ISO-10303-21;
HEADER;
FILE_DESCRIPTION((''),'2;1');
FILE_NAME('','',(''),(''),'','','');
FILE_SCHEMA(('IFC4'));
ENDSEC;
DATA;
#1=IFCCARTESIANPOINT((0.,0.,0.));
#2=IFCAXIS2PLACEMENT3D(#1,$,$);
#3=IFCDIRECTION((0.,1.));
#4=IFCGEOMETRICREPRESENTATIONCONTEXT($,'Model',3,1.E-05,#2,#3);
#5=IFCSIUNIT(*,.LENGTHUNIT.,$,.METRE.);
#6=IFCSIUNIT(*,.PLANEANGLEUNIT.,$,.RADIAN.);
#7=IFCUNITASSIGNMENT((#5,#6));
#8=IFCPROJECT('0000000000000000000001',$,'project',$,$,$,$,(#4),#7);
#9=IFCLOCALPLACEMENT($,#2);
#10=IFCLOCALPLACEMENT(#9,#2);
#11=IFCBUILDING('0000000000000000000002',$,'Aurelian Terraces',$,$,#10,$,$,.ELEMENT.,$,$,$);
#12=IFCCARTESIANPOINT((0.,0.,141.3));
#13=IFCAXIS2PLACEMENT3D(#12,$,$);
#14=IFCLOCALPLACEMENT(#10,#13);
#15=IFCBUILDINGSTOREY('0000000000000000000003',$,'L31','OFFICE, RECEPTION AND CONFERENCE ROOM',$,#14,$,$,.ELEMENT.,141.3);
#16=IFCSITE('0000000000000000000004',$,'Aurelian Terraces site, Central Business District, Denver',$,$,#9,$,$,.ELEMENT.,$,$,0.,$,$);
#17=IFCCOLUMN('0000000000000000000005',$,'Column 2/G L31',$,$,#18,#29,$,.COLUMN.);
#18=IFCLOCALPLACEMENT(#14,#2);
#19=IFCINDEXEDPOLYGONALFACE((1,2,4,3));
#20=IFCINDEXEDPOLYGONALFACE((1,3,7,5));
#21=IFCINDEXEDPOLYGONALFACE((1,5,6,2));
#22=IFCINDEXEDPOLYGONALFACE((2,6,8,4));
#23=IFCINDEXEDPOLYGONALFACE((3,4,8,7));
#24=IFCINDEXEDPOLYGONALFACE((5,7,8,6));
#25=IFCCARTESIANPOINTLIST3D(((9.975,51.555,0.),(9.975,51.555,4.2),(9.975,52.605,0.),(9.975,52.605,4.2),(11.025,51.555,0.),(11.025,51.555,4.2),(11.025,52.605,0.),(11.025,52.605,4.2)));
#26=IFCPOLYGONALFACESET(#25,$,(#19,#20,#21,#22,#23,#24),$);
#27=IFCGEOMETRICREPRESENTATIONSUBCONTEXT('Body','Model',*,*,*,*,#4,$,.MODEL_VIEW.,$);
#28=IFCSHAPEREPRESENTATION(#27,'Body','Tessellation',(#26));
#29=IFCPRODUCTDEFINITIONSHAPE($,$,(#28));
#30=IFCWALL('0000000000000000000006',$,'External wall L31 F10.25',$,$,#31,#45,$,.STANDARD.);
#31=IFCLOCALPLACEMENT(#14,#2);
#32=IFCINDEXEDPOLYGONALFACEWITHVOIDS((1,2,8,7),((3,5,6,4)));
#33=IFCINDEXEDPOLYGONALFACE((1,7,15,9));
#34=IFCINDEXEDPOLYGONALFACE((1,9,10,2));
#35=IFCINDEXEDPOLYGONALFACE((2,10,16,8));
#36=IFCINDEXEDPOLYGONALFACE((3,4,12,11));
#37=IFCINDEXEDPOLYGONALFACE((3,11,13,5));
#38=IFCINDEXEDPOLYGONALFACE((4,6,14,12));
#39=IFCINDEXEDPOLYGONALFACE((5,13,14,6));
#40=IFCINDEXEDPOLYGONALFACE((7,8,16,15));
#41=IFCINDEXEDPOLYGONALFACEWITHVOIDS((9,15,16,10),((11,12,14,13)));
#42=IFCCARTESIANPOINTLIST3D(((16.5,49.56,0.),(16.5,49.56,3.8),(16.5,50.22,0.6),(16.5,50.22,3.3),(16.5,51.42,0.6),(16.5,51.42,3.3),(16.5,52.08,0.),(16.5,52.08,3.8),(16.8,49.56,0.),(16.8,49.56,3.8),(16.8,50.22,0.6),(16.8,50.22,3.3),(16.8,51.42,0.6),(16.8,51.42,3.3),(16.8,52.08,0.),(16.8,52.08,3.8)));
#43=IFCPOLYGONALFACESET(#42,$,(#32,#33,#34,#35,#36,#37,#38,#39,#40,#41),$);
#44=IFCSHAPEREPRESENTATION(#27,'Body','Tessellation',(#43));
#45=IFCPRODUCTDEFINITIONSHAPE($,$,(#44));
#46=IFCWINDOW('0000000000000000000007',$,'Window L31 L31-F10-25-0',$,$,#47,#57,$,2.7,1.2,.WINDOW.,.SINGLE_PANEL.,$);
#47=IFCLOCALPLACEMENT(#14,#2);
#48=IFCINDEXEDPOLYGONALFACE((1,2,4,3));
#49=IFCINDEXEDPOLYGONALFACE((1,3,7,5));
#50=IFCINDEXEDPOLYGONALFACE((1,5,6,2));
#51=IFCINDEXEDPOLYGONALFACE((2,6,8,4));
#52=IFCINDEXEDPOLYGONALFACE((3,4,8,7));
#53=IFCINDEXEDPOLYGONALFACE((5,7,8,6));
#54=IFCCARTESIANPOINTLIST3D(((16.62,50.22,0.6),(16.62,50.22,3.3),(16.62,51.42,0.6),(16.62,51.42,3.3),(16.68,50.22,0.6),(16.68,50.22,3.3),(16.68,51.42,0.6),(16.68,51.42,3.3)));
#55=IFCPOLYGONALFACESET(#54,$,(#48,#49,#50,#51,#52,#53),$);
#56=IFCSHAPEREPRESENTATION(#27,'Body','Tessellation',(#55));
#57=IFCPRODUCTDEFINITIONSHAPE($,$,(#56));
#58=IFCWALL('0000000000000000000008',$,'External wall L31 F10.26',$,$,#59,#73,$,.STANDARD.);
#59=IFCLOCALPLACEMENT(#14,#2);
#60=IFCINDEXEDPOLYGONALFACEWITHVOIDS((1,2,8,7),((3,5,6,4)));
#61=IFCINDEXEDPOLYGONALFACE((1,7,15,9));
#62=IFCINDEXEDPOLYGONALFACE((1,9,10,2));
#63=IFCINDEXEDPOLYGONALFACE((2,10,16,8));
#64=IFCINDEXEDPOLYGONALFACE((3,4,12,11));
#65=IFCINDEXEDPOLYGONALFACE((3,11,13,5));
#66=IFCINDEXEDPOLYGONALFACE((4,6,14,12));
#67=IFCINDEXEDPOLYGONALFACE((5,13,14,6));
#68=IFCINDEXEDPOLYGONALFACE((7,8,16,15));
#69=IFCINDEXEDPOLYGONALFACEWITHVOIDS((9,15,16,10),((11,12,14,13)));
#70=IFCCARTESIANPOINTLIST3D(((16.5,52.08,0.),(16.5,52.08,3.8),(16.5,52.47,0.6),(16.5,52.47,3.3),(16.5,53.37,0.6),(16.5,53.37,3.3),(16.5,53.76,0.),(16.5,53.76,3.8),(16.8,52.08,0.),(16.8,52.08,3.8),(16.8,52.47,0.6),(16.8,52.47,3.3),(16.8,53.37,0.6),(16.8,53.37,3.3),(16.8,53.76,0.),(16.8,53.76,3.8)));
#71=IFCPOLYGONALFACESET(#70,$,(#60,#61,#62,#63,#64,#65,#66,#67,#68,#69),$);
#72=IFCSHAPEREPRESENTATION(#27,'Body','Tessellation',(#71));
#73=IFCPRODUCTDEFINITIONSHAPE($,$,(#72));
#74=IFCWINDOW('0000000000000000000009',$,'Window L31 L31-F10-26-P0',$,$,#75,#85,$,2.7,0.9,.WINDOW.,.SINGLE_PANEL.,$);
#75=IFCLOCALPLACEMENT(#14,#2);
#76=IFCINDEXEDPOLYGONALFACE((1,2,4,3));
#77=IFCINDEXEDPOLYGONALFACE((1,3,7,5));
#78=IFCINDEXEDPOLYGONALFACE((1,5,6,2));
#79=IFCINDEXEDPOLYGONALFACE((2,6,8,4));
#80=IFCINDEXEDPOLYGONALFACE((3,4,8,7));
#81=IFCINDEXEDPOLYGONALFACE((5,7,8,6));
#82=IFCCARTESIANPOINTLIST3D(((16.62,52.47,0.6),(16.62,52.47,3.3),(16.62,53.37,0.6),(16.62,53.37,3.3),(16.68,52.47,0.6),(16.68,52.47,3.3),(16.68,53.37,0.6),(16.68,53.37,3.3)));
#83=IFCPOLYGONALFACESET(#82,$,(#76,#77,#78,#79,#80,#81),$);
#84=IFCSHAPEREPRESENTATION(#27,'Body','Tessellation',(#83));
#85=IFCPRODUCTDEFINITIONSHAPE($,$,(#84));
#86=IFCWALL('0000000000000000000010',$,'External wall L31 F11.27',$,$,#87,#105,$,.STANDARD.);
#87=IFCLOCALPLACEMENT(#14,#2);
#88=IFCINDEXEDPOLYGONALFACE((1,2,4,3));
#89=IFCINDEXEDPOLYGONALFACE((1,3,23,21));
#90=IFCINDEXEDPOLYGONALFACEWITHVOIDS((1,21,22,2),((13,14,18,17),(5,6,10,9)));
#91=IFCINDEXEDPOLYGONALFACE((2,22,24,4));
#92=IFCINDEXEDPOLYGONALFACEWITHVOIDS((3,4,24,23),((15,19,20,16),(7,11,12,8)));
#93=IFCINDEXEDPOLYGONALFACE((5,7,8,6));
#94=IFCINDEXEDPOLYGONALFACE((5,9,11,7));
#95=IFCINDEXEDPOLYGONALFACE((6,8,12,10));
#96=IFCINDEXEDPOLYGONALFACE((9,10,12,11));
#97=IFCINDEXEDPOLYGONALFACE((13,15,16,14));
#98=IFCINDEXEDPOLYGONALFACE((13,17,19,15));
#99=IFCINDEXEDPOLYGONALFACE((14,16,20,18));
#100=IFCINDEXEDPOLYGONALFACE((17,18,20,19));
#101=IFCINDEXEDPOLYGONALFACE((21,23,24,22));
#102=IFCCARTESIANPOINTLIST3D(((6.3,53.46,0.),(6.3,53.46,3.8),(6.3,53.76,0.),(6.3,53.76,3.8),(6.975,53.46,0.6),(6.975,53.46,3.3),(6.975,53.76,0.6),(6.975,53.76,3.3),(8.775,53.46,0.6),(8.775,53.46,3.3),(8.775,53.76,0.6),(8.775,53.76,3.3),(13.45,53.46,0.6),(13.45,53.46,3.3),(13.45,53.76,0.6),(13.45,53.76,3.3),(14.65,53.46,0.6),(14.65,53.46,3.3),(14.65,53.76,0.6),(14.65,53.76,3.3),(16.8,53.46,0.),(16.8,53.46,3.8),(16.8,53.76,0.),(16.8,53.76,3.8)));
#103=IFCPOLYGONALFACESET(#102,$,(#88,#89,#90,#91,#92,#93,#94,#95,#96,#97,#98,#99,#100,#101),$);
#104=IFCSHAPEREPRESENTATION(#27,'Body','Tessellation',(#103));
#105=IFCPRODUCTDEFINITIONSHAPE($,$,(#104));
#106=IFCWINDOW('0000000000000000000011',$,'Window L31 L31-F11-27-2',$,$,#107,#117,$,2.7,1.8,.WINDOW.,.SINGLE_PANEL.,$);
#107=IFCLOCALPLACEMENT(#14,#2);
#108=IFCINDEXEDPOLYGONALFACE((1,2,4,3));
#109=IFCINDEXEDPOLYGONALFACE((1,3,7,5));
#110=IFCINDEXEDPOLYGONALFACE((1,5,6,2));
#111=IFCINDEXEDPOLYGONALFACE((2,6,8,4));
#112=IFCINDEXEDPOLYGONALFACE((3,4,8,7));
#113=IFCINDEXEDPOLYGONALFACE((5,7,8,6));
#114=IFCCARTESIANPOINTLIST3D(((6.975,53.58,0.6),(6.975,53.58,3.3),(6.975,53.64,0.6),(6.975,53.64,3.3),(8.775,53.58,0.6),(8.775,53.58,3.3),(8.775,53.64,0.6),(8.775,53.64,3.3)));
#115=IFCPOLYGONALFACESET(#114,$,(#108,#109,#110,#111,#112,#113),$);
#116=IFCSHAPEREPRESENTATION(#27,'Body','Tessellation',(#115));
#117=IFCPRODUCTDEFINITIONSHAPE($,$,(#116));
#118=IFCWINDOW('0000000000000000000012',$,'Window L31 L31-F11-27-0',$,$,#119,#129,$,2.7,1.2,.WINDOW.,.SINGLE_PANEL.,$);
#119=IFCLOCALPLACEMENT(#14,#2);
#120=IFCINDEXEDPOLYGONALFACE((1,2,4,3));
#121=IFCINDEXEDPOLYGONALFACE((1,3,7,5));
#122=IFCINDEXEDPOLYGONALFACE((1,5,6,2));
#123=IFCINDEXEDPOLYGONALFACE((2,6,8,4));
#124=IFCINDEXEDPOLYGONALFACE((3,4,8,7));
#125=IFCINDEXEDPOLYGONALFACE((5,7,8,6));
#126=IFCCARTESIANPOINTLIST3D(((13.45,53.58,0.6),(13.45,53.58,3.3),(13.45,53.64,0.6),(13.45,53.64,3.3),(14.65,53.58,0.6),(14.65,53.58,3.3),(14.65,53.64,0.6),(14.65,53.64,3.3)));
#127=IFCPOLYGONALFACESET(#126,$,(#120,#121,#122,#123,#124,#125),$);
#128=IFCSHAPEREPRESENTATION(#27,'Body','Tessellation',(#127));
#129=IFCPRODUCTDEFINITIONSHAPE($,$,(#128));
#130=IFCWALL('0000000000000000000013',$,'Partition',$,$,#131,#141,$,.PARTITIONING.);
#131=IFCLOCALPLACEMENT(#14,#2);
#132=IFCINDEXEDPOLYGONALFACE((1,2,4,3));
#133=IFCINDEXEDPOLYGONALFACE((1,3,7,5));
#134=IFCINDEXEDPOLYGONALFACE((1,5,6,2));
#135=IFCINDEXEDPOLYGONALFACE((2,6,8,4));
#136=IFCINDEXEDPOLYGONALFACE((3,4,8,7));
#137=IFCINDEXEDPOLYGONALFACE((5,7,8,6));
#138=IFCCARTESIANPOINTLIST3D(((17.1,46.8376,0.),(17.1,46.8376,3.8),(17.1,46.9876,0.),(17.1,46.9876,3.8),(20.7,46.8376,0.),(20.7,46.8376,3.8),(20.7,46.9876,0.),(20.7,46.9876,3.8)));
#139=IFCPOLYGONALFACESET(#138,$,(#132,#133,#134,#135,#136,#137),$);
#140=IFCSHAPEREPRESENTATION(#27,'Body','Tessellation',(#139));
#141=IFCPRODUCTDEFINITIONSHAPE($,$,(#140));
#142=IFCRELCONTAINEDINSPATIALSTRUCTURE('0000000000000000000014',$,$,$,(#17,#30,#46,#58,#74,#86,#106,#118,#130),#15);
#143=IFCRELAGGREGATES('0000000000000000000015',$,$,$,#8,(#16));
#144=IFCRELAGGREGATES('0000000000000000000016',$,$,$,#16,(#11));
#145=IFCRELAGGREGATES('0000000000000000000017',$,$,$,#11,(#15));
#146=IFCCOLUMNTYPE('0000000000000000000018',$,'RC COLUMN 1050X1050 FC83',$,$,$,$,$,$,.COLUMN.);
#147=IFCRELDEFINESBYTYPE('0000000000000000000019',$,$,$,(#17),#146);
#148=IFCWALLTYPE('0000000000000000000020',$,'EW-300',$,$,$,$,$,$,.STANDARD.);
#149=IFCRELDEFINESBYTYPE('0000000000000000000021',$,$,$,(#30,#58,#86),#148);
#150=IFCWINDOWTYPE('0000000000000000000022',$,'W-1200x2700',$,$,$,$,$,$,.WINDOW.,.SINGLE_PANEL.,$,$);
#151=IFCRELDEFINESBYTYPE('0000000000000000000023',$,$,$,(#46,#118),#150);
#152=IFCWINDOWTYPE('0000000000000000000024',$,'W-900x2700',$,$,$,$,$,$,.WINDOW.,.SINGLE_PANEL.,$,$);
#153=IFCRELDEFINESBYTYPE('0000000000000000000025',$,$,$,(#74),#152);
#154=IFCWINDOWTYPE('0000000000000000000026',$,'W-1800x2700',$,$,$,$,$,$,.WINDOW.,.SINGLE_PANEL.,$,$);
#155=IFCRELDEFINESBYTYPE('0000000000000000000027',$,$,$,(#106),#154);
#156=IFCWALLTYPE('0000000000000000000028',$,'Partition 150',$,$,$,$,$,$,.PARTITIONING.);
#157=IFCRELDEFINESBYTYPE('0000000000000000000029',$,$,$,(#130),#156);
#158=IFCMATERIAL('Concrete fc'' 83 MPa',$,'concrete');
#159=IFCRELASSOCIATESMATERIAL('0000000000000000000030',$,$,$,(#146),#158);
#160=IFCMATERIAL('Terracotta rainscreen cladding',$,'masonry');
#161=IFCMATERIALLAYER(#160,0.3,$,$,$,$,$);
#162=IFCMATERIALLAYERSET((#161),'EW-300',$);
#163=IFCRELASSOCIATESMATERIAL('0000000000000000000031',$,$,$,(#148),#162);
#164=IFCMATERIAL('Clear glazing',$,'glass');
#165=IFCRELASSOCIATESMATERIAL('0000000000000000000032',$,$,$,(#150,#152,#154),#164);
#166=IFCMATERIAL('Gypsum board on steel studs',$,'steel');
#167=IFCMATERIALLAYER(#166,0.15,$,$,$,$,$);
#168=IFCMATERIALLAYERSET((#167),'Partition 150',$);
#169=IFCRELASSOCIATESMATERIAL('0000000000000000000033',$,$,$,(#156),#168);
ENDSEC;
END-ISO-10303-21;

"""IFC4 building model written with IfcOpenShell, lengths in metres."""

from ifc_helpers import new_model, si_unit, direction, frame, frame_2d, origin, origin_2d, place, context, subcontext, project, spatial, rectangle, extrude, source, transform, mapped, material, layer, layer_set, material_profile, profile_set, type_object, element, fill, save


model = new_model("IFC4")

# Units and contexts
model_context = context("Model", 3, precision=1e-05, world=origin(), true_north=direction((0.0, 1.0)))
body_context = subcontext(model_context, "Body", "Model", "MODEL_VIEW")
ifc_project = project(units=[si_unit("LENGTHUNIT", "METRE"), si_unit("PLANEANGLEUNIT", "RADIAN")], contexts=[model_context])

# Site, building, storey
site_placement = place(None, origin())
site = spatial("IfcSite", under=ifc_project, at=site_placement, Name="Aurelian Terraces site, Central Business District, Denver", CompositionType="ELEMENT", RefElevation=0.0)
building_placement = place(site_placement, origin())
building = spatial("IfcBuilding", under=site, at=building_placement, Name="Aurelian Terraces", CompositionType="ELEMENT")
storey_placement = place(building_placement, frame((0.0, 0.0, 141.3)))
storey = spatial("IfcBuildingStorey", under=building, at=storey_placement, Name="L31", Description="OFFICE, RECEPTION AND CONFERENCE ROOM", CompositionType="ELEMENT", Elevation=141.3)

# Column
ifc_material_1 = material(Name="Concrete fc' 83 MPa", Category="concrete")
ifc_material_profile = material_profile(ifc_material_1, rectangle(XDim=1.05, YDim=1.05, at=origin_2d()))
ifc_profile_set = profile_set([ifc_material_profile], Name="Concrete fc' 83 MPa")
column_type = type_object("IfcColumnType", Name="RC COLUMN 1050X1050 FC83", PredefinedType="COLUMN", material=ifc_profile_set)
shared_shape_1 = source(origin(), body_context, "Body", "SweptSolid", [
    extrude(rectangle(XDim=1.05, YDim=1.05, at=origin_2d()), origin(), (0.0, 0.0, 1.0), 4.2),
])
column_placement = place(storey_placement, frame((10.5, 52.08, 0.0), z_axis=(0.0, 0.0, 1.0), x_axis=(1.0, 0.0, 0.0)))
element("IfcColumn", 1, at=column_placement, inside=storey, type_object=column_type, Name="Column 2/G L31", PredefinedType="COLUMN", context=body_context, shape_type="MappedRepresentation", body=[
    mapped(shared_shape_1, transform((0.0, 0.0, 0.0), scale=1.0)),
])

# Walls, openings, windows
ifc_material_2 = material(Name="Terracotta rainscreen cladding", Category="masonry")
ifc_layer_1 = layer(ifc_material_2, 0.3)
ifc_layer_set_1 = layer_set([ifc_layer_1], Name="EW-300")
wall_type_1 = type_object("IfcWallType", Name="EW-300", PredefinedType="STANDARD", material=ifc_layer_set_1)
shared_shape_2 = source(origin(), body_context, "Body", "SweptSolid", [
    extrude(rectangle(XDim=2.52, YDim=0.3, at=frame_2d((1.26, 0.0))), origin(), (0.0, 0.0, 1.0), 3.8),
])
wall_1_placement = place(storey_placement, frame((16.65, 49.56, 0.0), z_axis=(0.0, 0.0, 1.0), x_axis=(0.0, 1.0, 0.0)))
wall_1 = element("IfcWall", 2, at=wall_1_placement, inside=storey, type_object=wall_type_1, Name="External wall L31 F10.25", PredefinedType="STANDARD", context=body_context, shape_type="MappedRepresentation", body=[
    mapped(shared_shape_2, transform((0.0, 0.0, 0.0), scale=1.0)),
])
shared_shape_3 = source(origin(), body_context, "Body", "SweptSolid", [
    extrude(rectangle(XDim=1.2, YDim=2.7, at=frame_2d((0.6, 1.35))), frame((0.0, 0.16, 0.0), z_axis=(0.0, -1.0, 0.0), x_axis=(1.0, 0.0, 0.0)), (0.0, 0.0, 1.0), 0.32),
])
opening_1_placement = place(wall_1_placement, frame((0.66, 0.0, 0.6)))
opening_1 = element("IfcOpeningElement", 3, at=opening_1_placement, cuts=wall_1, PredefinedType="OPENING", context=body_context, shape_type="MappedRepresentation", body=[
    mapped(shared_shape_3, transform((0.0, 0.0, 0.0), scale=1.0)),
])
ifc_material_3 = material(Name="Clear glazing", Category="glass")
window_type_1 = type_object("IfcWindowType", Name="W-1200x2700", PartitioningType="SINGLE_PANEL", PredefinedType="WINDOW", material=ifc_material_3)
shared_shape_4 = source(origin(), body_context, "Body", "SweptSolid", [
    extrude(rectangle(XDim=1.2, YDim=2.7, at=frame_2d((0.6, 1.35))), frame((0.0, 0.03, 0.0), z_axis=(0.0, -1.0, 0.0), x_axis=(1.0, 0.0, 0.0)), (0.0, 0.0, 1.0), 0.06),
])
window_1_placement = place(opening_1_placement, origin())
window_1 = element("IfcWindow", 4, at=window_1_placement, inside=storey, type_object=window_type_1, Name="Window L31 L31-F10-25-0", OverallHeight=2.7, OverallWidth=1.2, PartitioningType="SINGLE_PANEL", PredefinedType="WINDOW", context=body_context, shape_type="MappedRepresentation", body=[
    mapped(shared_shape_4, transform((0.0, 0.0, 0.0), scale=1.0)),
])
fill(opening_1, window_1)
shared_shape_5 = source(origin(), body_context, "Body", "SweptSolid", [
    extrude(rectangle(XDim=1.68, YDim=0.3, at=frame_2d((0.84, 0.0))), origin(), (0.0, 0.0, 1.0), 3.8),
])
wall_2_placement = place(storey_placement, frame((16.65, 52.08, 0.0), z_axis=(0.0, 0.0, 1.0), x_axis=(0.0, 1.0, 0.0)))
wall_2 = element("IfcWall", 5, at=wall_2_placement, inside=storey, type_object=wall_type_1, Name="External wall L31 F10.26", PredefinedType="STANDARD", context=body_context, shape_type="MappedRepresentation", body=[
    mapped(shared_shape_5, transform((0.0, 0.0, 0.0), scale=1.0)),
])
shared_shape_6 = source(origin(), body_context, "Body", "SweptSolid", [
    extrude(rectangle(XDim=0.9, YDim=2.7, at=frame_2d((0.45, 1.35))), frame((0.0, 0.16, 0.0), z_axis=(0.0, -1.0, 0.0), x_axis=(1.0, 0.0, 0.0)), (0.0, 0.0, 1.0), 0.32),
])
opening_2_placement = place(wall_2_placement, frame((0.39, 0.0, 0.6)))
opening_2 = element("IfcOpeningElement", 6, at=opening_2_placement, cuts=wall_2, PredefinedType="OPENING", context=body_context, shape_type="MappedRepresentation", body=[
    mapped(shared_shape_6, transform((0.0, 0.0, 0.0), scale=1.0)),
])
window_type_2 = type_object("IfcWindowType", Name="W-900x2700", PartitioningType="SINGLE_PANEL", PredefinedType="WINDOW", material=ifc_material_3)
shared_shape_7 = source(origin(), body_context, "Body", "SweptSolid", [
    extrude(rectangle(XDim=0.9, YDim=2.7, at=frame_2d((0.45, 1.35))), frame((0.0, 0.03, 0.0), z_axis=(0.0, -1.0, 0.0), x_axis=(1.0, 0.0, 0.0)), (0.0, 0.0, 1.0), 0.06),
])
window_2_placement = place(opening_2_placement, origin())
window_2 = element("IfcWindow", 7, at=window_2_placement, inside=storey, type_object=window_type_2, Name="Window L31 L31-F10-26-P0", OverallHeight=2.7, OverallWidth=0.9, PartitioningType="SINGLE_PANEL", PredefinedType="WINDOW", context=body_context, shape_type="MappedRepresentation", body=[
    mapped(shared_shape_7, transform((0.0, 0.0, 0.0), scale=1.0)),
])
fill(opening_2, window_2)

# Wall, openings, windows
shared_shape_8 = source(origin(), body_context, "Body", "SweptSolid", [
    extrude(rectangle(XDim=10.5, YDim=0.3, at=frame_2d((5.25, 0.0))), origin(), (0.0, 0.0, 1.0), 3.8),
])
wall_3_placement = place(storey_placement, frame((16.8, 53.61, 0.0), z_axis=(0.0, 0.0, 1.0), x_axis=(-1.0, 0.0, 0.0)))
wall_3 = element("IfcWall", 8, at=wall_3_placement, inside=storey, type_object=wall_type_1, Name="External wall L31 F11.27", PredefinedType="STANDARD", context=body_context, shape_type="MappedRepresentation", body=[
    mapped(shared_shape_8, transform((0.0, 0.0, 0.0), scale=1.0)),
])
opening_3_placement = place(wall_3_placement, frame((2.15, 0.0, 0.6)))
opening_3 = element("IfcOpeningElement", 9, at=opening_3_placement, cuts=wall_3, PredefinedType="OPENING", context=body_context, shape_type="MappedRepresentation", body=[
    mapped(shared_shape_3, transform((0.0, 0.0, 0.0), scale=1.0)),
])
shared_shape_9 = source(origin(), body_context, "Body", "SweptSolid", [
    extrude(rectangle(XDim=1.8, YDim=2.7, at=frame_2d((0.9, 1.35))), frame((0.0, 0.16, 0.0), z_axis=(0.0, -1.0, 0.0), x_axis=(1.0, 0.0, 0.0)), (0.0, 0.0, 1.0), 0.32),
])
opening_4_placement = place(wall_3_placement, frame((8.025, 0.0, 0.6)))
opening_4 = element("IfcOpeningElement", 10, at=opening_4_placement, cuts=wall_3, PredefinedType="OPENING", context=body_context, shape_type="MappedRepresentation", body=[
    mapped(shared_shape_9, transform((0.0, 0.0, 0.0), scale=1.0)),
])
window_type_3 = type_object("IfcWindowType", Name="W-1800x2700", PartitioningType="SINGLE_PANEL", PredefinedType="WINDOW", material=ifc_material_3)
shared_shape_10 = source(origin(), body_context, "Body", "SweptSolid", [
    extrude(rectangle(XDim=1.8, YDim=2.7, at=frame_2d((0.9, 1.35))), frame((0.0, 0.03, 0.0), z_axis=(0.0, -1.0, 0.0), x_axis=(1.0, 0.0, 0.0)), (0.0, 0.0, 1.0), 0.06),
])
window_3_placement = place(opening_4_placement, origin())
window_3 = element("IfcWindow", 11, at=window_3_placement, inside=storey, type_object=window_type_3, Name="Window L31 L31-F11-27-2", OverallHeight=2.7, OverallWidth=1.8, PartitioningType="SINGLE_PANEL", PredefinedType="WINDOW", context=body_context, shape_type="MappedRepresentation", body=[
    mapped(shared_shape_10, transform((0.0, 0.0, 0.0), scale=1.0)),
])
fill(opening_4, window_3)
window_4_placement = place(opening_3_placement, origin())
window_4 = element("IfcWindow", 12, at=window_4_placement, inside=storey, type_object=window_type_1, Name="Window L31 L31-F11-27-0", OverallHeight=2.7, OverallWidth=1.2, PartitioningType="SINGLE_PANEL", PredefinedType="WINDOW", context=body_context, shape_type="MappedRepresentation", body=[
    mapped(shared_shape_4, transform((0.0, 0.0, 0.0), scale=1.0)),
])
fill(opening_3, window_4)

# Wall
ifc_material_4 = material(Name="Gypsum board on steel studs", Category="steel")
ifc_layer_2 = layer(ifc_material_4, 0.15)
ifc_layer_set_2 = layer_set([ifc_layer_2], Name="Partition 150")
wall_type_2 = type_object("IfcWallType", Name="Partition 150", PredefinedType="PARTITIONING", material=ifc_layer_set_2)
shared_shape_11 = source(origin(), body_context, "Body", "SweptSolid", [
    extrude(rectangle(XDim=3.6, YDim=0.15, at=frame_2d((1.8, 0.0))), origin(), (0.0, 0.0, 1.0), 3.8),
])
wall_4_placement = place(storey_placement, frame((17.1, 46.9126, 0.0), z_axis=(0.0, 0.0, 1.0), x_axis=(1.0, 0.0, 0.0)))
element("IfcWall", 13, at=wall_4_placement, inside=storey, type_object=wall_type_2, Name="Partition", PredefinedType="PARTITIONING", context=body_context, shape_type="MappedRepresentation", body=[
    mapped(shared_shape_11, transform((0.0, 0.0, 0.0), scale=1.0)),
])

save(model, "model.ifc")
